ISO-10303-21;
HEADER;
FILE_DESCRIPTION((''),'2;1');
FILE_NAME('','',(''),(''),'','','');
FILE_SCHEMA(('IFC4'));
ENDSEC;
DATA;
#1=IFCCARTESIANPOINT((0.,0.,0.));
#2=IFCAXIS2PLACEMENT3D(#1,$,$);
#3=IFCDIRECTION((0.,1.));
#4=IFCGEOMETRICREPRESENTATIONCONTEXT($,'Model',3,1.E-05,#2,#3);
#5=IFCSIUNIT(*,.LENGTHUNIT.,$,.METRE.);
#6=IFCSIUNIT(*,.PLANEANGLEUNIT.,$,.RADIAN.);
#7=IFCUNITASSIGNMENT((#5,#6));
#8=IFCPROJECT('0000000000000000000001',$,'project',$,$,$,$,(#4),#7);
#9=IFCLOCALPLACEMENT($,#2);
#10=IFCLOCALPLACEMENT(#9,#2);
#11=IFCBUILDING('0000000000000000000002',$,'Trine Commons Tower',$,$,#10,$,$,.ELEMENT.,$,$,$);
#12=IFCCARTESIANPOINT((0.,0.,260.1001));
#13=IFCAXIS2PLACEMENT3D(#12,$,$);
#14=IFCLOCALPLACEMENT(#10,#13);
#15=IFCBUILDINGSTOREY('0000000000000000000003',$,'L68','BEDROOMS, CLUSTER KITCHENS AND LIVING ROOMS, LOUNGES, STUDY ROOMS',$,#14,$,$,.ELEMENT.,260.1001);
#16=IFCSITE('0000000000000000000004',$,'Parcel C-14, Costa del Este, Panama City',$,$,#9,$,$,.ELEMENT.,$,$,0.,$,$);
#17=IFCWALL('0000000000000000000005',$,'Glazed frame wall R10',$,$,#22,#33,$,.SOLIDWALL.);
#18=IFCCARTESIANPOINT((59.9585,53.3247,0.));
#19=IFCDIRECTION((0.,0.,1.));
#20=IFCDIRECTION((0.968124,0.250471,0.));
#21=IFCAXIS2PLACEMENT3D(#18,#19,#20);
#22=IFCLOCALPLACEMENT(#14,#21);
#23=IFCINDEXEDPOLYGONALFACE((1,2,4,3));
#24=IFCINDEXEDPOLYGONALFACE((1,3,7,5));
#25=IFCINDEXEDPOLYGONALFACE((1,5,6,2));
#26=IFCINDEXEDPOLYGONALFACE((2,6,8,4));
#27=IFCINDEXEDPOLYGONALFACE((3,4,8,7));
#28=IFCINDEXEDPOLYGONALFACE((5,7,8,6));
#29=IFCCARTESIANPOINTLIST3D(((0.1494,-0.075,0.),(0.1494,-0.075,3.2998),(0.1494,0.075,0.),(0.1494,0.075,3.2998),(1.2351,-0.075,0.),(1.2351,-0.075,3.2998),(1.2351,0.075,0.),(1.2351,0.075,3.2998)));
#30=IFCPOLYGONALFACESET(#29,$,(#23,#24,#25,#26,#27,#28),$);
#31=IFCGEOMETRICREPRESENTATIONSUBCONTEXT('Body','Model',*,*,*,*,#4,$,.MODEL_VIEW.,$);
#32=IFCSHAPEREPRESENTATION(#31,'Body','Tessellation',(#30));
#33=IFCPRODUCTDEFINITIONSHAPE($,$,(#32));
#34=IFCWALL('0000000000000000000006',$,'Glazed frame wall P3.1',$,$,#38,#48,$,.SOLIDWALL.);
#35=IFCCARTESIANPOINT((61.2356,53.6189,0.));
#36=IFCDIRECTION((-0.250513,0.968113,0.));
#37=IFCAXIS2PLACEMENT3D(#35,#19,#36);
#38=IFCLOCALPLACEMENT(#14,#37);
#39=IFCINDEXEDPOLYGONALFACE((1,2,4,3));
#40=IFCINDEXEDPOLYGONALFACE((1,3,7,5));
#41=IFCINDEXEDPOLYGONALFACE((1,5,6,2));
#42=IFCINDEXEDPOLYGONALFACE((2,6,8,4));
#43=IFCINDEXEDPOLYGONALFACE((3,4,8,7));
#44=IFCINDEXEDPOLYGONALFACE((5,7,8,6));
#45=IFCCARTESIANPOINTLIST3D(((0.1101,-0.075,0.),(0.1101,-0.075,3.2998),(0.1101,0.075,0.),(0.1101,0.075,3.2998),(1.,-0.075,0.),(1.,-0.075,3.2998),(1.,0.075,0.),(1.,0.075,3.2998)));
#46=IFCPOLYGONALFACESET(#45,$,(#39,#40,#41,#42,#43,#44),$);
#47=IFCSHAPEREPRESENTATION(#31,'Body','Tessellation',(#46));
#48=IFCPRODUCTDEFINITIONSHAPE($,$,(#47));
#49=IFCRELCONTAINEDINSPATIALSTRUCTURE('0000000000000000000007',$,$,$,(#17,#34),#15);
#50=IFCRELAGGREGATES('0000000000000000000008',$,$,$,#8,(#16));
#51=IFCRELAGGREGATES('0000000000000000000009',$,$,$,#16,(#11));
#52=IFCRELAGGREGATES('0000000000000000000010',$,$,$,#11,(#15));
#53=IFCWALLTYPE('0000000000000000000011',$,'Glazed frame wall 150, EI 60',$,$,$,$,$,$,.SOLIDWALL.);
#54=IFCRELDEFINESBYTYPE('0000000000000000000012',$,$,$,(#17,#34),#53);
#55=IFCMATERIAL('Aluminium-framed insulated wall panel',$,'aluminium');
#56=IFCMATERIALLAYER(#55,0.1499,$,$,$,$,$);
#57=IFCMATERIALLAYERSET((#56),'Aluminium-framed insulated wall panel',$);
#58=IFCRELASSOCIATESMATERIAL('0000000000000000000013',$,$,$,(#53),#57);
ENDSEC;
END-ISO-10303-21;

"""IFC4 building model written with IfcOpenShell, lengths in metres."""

from ifc_helpers import new_model, si_unit, direction, frame, origin, place, context, subcontext, project, spatial, polyline, outline, extrude, material, layer, layer_set, type_object, element, save


model = new_model("IFC4")

# Units and contexts
model_context = context("Model", 3, precision=1e-05, world=origin(), true_north=direction((0.0, 1.0)))
body_context = subcontext(model_context, "Body", "Model", "MODEL_VIEW")
ifc_project = project(units=[si_unit("LENGTHUNIT", "METRE"), si_unit("PLANEANGLEUNIT", "RADIAN")], contexts=[model_context])

# Site, building, storey
site_placement = place(None, origin())
site = spatial("IfcSite", under=ifc_project, at=site_placement, Name="Parcel C-14, Costa del Este, Panama City", CompositionType="ELEMENT", RefElevation=0.0)
building_placement = place(site_placement, origin())
building = spatial("IfcBuilding", under=site, at=building_placement, Name="Trine Commons Tower", CompositionType="ELEMENT")
storey_placement = place(building_placement, frame((0.0, 0.0, 260.1001)))
storey = spatial("IfcBuildingStorey", under=building, at=storey_placement, Name="L68", Description="BEDROOMS, CLUSTER KITCHENS AND LIVING ROOMS, LOUNGES, STUDY ROOMS", CompositionType="ELEMENT", Elevation=260.1001)

# Walls
ifc_material_1 = material(Name="Aluminium-framed insulated wall panel", Category="aluminium")
ifc_layer_1 = layer(ifc_material_1, 0.1499)
ifc_layer_set_1 = layer_set([ifc_layer_1], Name="Aluminium-framed insulated wall panel")
wall_type_1 = type_object("IfcWallType", Name="Glazed frame wall 150, EI 60", PredefinedType="SOLIDWALL", material=ifc_layer_set_1)
wall_1_placement = place(storey_placement, frame((59.9585, 53.3247, 0.0), z_axis=(0.0, 0.0, 1.0), x_axis=(0.968124, 0.250471, 0.0)))
element("IfcWall", 1, at=wall_1_placement, inside=storey, type_object=wall_type_1, Name="Glazed frame wall R10", PredefinedType="SOLIDWALL", context=body_context, shape_type="SweptSolid", body=[
    extrude(outline(polyline([(0.1494, 0.075), (0.1494, -0.075), (1.2351, -0.075), (1.2351, 0.075), (0.1494, 0.075)])), origin(), (0.0, 0.0, 1.0), 3.2998),
])
wall_2_placement = place(storey_placement, frame((61.2356, 53.6189, 0.0), z_axis=(0.0, 0.0, 1.0), x_axis=(-0.250513, 0.968113, 0.0)))
element("IfcWall", 2, at=wall_2_placement, inside=storey, type_object=wall_type_1, Name="Glazed frame wall P3.1", PredefinedType="SOLIDWALL", context=body_context, shape_type="SweptSolid", body=[
    extrude(outline(polyline([(0.1101, -0.075), (1.0, -0.075), (1.0, 0.075), (0.1101, 0.075), (0.1101, -0.075)])), origin(), (0.0, 0.0, 1.0), 3.2998),
])

save(model, "model.ifc")
